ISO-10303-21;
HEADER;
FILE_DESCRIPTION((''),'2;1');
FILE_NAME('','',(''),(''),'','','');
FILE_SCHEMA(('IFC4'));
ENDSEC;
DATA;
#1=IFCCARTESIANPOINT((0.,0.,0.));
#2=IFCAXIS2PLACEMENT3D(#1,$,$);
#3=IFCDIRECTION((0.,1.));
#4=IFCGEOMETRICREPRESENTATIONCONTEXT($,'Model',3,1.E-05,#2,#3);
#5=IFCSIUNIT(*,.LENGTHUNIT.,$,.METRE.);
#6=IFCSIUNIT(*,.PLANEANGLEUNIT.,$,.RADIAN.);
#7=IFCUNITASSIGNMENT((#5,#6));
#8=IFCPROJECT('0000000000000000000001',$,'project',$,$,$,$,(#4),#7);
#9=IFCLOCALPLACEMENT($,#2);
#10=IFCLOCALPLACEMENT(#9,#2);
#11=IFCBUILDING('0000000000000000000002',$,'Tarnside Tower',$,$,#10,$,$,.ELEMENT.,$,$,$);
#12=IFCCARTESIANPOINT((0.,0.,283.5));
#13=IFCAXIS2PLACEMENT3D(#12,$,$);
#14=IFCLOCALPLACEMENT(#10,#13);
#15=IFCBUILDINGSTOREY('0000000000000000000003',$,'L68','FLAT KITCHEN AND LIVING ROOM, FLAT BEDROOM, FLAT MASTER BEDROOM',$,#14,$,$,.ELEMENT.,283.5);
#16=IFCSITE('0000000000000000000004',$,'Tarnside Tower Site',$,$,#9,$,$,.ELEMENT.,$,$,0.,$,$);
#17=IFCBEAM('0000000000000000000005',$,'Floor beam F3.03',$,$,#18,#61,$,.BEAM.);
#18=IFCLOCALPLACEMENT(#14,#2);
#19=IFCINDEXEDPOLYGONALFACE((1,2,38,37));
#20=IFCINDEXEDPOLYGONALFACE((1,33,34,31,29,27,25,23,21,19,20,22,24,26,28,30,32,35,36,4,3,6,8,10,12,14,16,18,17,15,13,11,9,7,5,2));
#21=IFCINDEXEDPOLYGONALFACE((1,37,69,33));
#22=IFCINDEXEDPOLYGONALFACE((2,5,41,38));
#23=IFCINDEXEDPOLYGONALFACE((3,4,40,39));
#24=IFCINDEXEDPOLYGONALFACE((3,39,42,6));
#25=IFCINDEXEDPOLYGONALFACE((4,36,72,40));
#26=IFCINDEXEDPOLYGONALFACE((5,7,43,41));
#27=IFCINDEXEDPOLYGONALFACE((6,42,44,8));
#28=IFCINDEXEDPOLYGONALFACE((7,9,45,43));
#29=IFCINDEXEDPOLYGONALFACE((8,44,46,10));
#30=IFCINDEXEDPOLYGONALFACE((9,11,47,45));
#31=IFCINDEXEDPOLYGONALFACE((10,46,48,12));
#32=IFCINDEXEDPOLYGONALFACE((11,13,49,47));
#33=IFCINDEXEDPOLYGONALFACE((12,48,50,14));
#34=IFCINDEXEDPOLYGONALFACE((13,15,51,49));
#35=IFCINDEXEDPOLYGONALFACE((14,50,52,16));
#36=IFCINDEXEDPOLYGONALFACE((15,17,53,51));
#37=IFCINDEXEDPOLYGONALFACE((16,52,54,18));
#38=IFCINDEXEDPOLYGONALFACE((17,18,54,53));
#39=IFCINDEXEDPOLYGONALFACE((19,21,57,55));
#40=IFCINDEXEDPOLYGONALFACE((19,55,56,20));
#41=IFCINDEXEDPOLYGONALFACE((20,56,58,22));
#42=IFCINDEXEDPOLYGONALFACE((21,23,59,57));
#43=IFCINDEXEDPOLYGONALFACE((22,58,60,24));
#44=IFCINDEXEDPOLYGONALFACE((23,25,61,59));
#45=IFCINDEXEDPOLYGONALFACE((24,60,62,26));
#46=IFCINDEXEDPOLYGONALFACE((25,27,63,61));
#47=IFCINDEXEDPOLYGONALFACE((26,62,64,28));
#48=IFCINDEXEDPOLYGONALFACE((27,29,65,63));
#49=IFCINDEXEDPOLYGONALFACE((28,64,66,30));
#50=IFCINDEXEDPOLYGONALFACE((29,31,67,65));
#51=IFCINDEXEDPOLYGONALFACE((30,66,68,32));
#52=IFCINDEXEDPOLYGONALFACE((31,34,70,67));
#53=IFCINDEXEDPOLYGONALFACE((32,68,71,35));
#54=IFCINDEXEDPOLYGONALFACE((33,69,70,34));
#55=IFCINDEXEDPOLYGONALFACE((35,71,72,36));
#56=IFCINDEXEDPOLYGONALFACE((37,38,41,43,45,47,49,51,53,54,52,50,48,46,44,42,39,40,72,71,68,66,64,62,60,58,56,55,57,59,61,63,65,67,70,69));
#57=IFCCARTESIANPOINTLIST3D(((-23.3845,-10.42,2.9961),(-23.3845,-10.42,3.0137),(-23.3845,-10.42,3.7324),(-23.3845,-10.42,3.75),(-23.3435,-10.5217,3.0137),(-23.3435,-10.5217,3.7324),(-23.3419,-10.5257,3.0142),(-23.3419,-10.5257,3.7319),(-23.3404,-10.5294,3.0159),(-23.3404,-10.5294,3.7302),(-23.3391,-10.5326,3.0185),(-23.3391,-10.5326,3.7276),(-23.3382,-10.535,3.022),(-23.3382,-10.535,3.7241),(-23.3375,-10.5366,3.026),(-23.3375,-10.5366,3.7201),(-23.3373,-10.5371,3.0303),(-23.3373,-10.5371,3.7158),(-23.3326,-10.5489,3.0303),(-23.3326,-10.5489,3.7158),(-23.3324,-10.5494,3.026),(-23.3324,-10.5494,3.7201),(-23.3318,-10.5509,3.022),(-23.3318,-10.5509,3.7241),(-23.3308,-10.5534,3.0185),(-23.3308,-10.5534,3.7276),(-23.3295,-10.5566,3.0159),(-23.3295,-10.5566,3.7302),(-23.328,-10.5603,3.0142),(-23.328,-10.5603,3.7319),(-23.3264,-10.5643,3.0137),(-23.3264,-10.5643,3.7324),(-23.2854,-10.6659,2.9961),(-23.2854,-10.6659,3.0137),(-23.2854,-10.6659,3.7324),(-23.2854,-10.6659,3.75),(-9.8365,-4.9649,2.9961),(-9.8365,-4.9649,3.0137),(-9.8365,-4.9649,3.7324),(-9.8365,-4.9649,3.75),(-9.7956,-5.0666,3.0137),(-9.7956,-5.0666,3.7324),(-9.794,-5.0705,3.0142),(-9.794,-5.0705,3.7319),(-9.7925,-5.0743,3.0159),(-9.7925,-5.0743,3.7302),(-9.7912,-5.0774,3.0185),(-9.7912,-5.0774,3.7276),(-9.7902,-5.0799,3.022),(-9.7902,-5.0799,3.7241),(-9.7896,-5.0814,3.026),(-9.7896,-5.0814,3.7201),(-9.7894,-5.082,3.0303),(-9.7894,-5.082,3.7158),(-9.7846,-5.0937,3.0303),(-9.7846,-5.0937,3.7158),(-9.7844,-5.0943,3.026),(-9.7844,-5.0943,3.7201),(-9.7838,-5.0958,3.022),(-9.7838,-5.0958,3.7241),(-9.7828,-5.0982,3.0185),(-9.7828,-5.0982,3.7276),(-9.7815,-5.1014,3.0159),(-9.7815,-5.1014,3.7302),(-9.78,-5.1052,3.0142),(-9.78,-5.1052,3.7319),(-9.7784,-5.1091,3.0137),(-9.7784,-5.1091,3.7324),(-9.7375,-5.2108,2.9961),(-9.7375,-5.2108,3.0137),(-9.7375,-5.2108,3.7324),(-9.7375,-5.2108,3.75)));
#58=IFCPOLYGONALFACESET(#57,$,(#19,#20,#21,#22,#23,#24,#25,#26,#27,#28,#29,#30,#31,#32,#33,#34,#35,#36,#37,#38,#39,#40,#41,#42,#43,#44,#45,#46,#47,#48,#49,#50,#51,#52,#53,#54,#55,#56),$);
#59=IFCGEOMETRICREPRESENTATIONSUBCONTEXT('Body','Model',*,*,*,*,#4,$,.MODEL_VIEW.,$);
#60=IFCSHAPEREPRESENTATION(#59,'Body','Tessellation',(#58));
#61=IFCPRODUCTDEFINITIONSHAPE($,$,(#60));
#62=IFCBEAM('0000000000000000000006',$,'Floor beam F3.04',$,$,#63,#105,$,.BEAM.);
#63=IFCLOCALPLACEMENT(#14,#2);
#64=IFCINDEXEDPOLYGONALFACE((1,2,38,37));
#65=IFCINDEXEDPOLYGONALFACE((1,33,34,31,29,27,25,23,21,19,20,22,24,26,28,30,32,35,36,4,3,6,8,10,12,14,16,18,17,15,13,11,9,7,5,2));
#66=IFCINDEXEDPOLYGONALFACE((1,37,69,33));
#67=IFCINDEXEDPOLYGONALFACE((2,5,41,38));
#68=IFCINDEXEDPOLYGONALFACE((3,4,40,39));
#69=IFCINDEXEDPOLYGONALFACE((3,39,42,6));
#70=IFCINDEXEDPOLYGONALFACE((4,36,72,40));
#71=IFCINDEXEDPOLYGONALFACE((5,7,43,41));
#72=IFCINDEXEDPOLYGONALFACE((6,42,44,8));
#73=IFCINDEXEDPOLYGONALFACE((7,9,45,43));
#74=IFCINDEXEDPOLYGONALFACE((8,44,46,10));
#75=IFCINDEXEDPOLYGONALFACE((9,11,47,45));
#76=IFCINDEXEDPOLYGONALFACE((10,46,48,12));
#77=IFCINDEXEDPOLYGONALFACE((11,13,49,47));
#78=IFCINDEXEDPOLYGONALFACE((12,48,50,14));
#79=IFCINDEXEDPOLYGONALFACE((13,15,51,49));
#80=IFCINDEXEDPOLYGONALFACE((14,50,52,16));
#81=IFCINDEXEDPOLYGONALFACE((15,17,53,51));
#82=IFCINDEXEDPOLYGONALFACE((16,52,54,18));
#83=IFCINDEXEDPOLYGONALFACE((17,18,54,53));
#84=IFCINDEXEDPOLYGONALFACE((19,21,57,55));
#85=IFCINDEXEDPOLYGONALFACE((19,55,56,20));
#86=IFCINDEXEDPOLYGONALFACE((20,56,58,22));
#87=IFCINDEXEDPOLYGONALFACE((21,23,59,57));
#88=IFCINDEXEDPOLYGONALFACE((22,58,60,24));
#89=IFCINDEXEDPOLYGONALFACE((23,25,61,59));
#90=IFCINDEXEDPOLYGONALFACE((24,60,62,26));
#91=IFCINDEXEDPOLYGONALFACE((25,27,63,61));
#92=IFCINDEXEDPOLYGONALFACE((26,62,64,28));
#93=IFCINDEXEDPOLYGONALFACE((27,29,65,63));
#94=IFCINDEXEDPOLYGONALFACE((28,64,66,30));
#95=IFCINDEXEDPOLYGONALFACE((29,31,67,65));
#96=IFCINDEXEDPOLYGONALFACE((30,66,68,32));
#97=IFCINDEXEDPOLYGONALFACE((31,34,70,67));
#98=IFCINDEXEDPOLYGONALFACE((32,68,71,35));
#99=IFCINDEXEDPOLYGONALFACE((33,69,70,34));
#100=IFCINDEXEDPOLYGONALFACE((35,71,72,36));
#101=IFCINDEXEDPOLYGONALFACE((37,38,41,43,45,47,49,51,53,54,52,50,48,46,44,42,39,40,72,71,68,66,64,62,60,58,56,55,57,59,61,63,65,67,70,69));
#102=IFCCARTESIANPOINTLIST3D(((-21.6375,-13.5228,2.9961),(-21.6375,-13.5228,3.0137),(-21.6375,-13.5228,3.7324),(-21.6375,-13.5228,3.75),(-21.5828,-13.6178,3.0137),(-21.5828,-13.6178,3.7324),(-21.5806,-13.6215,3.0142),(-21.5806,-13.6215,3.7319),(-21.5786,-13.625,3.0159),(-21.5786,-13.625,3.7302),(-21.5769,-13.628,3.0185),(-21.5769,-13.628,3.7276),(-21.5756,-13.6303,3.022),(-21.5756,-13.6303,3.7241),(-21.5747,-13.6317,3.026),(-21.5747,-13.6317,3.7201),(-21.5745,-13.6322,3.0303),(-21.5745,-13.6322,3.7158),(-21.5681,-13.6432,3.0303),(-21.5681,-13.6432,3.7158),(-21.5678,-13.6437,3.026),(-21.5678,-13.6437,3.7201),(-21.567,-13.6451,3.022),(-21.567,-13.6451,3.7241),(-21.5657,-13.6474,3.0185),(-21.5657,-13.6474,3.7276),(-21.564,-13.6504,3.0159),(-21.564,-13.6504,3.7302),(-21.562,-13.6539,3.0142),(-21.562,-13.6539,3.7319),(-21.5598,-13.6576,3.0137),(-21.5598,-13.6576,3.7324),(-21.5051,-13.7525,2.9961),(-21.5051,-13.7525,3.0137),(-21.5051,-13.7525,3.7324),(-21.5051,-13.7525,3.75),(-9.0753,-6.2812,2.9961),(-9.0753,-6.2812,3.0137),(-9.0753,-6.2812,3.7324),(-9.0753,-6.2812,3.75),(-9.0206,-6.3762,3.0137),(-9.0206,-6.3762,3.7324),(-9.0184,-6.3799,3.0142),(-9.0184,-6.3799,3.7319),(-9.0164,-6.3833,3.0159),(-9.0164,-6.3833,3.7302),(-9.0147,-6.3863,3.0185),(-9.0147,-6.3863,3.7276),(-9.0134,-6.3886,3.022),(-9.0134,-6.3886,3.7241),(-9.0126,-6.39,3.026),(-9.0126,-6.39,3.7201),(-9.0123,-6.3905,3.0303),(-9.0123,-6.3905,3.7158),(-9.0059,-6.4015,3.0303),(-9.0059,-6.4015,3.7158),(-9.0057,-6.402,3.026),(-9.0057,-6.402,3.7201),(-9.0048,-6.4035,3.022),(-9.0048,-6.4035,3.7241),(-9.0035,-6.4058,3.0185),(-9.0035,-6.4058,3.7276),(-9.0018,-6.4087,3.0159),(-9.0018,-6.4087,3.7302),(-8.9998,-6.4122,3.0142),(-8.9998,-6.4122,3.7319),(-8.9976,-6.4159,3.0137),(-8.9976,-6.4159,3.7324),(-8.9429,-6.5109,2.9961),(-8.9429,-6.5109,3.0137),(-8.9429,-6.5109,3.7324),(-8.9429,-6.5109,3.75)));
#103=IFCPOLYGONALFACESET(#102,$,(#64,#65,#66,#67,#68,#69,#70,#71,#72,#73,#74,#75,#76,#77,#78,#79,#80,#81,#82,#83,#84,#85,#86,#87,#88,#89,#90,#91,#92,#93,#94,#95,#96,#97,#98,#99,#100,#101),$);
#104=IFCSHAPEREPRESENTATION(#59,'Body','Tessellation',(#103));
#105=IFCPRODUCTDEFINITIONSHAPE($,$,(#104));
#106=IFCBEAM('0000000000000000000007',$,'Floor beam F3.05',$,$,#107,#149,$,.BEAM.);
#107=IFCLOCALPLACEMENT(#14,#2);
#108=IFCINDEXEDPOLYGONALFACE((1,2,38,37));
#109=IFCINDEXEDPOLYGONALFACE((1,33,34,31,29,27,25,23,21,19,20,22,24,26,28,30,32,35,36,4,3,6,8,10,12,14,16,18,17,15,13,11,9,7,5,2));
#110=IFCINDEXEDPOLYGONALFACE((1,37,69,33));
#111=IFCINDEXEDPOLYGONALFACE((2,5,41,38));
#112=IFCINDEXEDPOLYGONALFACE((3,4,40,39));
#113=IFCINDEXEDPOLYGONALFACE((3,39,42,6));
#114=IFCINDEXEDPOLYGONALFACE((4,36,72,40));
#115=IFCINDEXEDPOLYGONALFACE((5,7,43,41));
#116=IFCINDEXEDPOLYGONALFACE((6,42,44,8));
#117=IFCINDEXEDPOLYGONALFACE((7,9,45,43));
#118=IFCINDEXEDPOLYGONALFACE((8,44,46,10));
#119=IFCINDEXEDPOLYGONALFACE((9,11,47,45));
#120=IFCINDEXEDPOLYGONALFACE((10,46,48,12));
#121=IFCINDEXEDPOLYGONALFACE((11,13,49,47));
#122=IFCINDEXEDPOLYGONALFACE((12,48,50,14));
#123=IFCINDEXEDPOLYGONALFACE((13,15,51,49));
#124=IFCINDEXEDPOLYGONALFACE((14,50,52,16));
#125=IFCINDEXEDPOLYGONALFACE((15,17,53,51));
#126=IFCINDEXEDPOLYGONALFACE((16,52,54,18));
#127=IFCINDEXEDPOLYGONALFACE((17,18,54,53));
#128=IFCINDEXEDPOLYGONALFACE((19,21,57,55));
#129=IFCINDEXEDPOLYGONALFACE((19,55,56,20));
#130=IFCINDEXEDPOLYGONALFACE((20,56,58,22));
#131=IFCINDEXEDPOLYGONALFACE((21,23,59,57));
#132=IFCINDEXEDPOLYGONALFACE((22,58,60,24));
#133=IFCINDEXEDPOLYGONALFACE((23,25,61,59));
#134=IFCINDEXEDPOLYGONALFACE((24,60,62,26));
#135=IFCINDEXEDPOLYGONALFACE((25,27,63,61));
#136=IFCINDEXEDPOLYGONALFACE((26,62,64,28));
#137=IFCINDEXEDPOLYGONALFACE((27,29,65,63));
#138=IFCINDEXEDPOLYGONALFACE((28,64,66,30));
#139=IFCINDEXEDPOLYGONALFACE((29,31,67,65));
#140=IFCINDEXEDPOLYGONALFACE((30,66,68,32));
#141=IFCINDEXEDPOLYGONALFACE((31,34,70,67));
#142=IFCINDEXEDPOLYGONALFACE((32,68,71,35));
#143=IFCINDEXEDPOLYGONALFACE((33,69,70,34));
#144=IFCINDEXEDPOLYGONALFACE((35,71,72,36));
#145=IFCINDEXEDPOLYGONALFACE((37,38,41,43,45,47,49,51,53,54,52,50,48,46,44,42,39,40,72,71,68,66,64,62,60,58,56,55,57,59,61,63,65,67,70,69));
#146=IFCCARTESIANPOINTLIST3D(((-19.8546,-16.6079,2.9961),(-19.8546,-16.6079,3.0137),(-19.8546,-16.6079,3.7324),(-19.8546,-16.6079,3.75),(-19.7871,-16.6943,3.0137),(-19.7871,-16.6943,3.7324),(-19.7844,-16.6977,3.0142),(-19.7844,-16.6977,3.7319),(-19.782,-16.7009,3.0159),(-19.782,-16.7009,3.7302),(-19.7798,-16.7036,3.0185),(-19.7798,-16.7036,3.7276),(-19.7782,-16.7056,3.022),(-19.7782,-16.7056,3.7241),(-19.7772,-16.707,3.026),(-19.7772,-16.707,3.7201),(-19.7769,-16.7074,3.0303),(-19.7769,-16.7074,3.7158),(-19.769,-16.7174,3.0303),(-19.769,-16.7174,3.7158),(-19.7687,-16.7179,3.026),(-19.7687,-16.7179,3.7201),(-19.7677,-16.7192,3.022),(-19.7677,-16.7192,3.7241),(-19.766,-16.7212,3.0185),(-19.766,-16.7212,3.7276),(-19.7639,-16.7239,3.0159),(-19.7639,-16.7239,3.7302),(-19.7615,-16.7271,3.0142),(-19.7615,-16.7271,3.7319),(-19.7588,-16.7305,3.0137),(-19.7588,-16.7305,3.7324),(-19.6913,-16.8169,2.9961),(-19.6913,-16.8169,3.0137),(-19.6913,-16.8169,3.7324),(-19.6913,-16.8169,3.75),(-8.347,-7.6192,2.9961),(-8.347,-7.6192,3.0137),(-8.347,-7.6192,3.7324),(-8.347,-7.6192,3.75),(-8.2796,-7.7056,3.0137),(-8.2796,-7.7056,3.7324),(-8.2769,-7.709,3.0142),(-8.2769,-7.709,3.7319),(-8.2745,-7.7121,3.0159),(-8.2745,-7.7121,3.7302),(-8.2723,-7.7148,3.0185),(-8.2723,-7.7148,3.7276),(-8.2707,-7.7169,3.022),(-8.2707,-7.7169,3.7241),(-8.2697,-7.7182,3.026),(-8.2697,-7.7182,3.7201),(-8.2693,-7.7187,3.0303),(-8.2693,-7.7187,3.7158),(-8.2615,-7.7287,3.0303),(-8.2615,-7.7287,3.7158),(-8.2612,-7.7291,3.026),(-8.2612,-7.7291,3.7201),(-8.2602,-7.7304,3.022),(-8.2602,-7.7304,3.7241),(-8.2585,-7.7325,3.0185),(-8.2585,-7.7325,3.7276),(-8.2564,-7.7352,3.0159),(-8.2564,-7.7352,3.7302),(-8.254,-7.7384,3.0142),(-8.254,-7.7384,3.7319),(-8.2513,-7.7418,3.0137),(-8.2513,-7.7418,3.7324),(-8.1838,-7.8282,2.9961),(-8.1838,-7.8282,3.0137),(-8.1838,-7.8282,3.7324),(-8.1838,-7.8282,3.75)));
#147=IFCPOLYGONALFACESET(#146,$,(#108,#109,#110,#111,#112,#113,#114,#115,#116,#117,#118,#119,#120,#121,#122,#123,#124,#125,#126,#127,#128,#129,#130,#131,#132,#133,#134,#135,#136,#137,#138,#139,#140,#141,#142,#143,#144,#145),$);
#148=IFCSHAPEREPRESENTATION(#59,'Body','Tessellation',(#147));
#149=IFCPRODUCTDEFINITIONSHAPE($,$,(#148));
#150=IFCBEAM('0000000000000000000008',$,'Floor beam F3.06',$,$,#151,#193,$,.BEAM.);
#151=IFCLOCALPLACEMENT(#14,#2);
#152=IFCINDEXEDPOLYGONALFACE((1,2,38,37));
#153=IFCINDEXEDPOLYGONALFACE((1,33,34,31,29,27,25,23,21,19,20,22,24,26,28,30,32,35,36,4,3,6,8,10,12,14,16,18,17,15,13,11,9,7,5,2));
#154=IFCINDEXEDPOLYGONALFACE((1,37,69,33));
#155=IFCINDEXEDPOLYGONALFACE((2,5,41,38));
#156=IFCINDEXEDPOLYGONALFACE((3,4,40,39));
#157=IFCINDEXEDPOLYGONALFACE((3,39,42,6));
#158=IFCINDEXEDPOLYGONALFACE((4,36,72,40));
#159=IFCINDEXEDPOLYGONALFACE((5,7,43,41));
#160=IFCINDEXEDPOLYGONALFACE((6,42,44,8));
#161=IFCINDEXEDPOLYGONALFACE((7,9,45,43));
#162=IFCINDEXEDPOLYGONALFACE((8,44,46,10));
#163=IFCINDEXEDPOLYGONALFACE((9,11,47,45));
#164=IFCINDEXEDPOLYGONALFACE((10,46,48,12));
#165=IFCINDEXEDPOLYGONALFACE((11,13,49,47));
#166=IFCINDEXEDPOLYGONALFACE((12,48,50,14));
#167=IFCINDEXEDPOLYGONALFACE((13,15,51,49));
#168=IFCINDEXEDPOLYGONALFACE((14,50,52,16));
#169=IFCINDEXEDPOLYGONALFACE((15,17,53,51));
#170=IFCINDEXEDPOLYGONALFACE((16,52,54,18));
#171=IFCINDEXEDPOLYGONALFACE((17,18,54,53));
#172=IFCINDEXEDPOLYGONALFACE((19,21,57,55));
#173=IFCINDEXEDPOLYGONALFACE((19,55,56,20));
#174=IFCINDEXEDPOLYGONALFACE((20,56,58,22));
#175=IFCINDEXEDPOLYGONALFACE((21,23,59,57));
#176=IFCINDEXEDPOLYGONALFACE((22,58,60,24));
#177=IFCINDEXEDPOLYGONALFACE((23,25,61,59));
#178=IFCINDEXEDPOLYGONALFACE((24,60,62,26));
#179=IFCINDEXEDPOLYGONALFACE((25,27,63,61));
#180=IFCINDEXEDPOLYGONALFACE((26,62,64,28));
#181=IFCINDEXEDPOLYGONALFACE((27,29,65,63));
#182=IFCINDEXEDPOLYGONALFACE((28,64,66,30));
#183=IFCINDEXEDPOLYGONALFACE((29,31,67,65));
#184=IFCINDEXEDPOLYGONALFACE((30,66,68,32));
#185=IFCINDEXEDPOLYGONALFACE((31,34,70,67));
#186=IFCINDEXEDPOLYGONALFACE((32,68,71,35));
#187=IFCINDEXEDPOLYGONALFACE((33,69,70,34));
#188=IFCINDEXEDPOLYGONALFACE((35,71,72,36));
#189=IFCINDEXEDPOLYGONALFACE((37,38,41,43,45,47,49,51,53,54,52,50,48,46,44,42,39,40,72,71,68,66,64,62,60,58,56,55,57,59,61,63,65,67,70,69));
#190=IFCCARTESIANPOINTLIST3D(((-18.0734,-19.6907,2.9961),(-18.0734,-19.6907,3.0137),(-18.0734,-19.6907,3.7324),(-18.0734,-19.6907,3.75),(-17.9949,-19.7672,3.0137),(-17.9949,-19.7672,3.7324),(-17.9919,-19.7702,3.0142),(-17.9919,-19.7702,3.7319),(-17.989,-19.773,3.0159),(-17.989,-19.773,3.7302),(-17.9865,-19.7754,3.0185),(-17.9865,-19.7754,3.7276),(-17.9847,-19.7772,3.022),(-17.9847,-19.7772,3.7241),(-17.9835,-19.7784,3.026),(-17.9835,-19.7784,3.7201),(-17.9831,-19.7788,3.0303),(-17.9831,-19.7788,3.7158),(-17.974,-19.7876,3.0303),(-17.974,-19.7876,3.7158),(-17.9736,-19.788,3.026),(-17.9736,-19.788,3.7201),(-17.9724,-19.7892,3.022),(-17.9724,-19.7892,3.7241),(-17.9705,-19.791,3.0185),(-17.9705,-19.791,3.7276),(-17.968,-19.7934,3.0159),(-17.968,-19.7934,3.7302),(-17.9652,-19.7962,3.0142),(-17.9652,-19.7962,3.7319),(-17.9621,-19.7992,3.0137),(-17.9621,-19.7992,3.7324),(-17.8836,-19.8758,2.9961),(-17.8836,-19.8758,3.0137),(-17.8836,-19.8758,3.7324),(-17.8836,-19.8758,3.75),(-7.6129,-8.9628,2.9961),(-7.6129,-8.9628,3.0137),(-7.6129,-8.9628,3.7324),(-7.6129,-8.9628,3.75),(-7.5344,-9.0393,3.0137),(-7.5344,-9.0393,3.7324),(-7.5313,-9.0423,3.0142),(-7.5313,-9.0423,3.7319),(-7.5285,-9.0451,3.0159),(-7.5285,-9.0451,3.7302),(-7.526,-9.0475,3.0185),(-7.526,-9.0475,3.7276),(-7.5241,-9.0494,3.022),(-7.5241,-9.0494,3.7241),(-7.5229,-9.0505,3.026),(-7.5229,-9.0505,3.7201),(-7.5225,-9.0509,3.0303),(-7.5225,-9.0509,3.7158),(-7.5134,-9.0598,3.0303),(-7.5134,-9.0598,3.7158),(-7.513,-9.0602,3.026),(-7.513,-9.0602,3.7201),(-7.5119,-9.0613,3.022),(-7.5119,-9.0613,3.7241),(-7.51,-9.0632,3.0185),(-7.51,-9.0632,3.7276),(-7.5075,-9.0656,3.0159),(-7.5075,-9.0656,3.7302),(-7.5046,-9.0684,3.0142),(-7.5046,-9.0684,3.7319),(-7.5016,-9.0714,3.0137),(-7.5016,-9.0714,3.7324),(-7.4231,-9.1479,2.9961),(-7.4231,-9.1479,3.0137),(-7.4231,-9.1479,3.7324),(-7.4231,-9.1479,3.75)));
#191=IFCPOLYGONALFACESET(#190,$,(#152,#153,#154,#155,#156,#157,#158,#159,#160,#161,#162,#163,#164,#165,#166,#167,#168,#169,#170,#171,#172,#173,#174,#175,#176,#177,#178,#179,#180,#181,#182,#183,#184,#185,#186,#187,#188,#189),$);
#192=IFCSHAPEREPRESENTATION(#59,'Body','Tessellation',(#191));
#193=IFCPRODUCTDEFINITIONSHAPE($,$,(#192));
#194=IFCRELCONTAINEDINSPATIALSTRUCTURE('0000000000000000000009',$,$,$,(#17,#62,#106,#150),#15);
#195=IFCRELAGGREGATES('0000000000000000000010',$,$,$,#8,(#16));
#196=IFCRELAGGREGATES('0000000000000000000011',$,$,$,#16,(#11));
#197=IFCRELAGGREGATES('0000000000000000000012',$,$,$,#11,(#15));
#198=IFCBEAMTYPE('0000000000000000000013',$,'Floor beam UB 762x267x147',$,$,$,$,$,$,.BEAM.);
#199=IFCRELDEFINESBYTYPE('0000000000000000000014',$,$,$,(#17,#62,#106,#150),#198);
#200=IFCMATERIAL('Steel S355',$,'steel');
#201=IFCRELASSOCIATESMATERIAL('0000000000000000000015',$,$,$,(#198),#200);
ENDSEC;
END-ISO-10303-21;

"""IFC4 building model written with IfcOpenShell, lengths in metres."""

from ifc_helpers import new_model, si_unit, direction, frame, origin, origin_2d, place, context, subcontext, project, spatial, i_section, extrude, material, material_profile, profile_set, type_object, element, save


model = new_model("IFC4")

# Units and contexts
model_context = context("Model", 3, precision=1e-05, world=origin(), true_north=direction((0.0, 1.0)))
body_context = subcontext(model_context, "Body", "Model", "MODEL_VIEW")
ifc_project = project(units=[si_unit("LENGTHUNIT", "METRE"), si_unit("PLANEANGLEUNIT", "RADIAN")], contexts=[model_context])

# Site, building, storey
site_placement = place(None, origin())
site = spatial("IfcSite", under=ifc_project, at=site_placement, Name="Tarnside Tower Site", CompositionType="ELEMENT", RefElevation=0.0)
building_placement = place(site_placement, origin())
building = spatial("IfcBuilding", under=site, at=building_placement, Name="Tarnside Tower", CompositionType="ELEMENT")
storey_placement = place(building_placement, frame((0.0, 0.0, 283.5)))
storey = spatial("IfcBuildingStorey", under=building, at=storey_placement, Name="L68", Description="FLAT KITCHEN AND LIVING ROOM, FLAT BEDROOM, FLAT MASTER BEDROOM", CompositionType="ELEMENT", Elevation=283.5)

# Beams
ifc_material_1 = material(Name="Steel S355", Category="steel")
ifc_material_profile_1 = material_profile(ifc_material_1, i_section(OverallWidth=0.2651, OverallDepth=0.7539, WebThickness=0.0127, FlangeThickness=0.0176, FilletRadius=0.0166, at=origin_2d()), Name="UB 762x267x147")
ifc_profile_set_1 = profile_set([ifc_material_profile_1], Name="Steel S355")
beam_type_1 = type_object("IfcBeamType", Name="Floor beam UB 762x267x147", PredefinedType="BEAM", material=ifc_profile_set_1)
beam_1_placement = place(storey_placement, frame((-23.335, -10.543, 3.373), z_axis=(0.927626, 0.373511, 0.0), x_axis=(-0.373511, 0.927626, 0.0)))
element("IfcBeam", 1, at=beam_1_placement, inside=storey, type_object=beam_type_1, Name="Floor beam F3.03", PredefinedType="BEAM", context=body_context, shape_type="SweptSolid", body=[
    extrude(i_section(OverallWidth=0.2651, OverallDepth=0.7539, WebThickness=0.0127, FlangeThickness=0.0176, FilletRadius=0.0166, at=origin_2d()), origin(), (0.0, 0.0, 1.0), 14.605),
])
beam_2_placement = place(storey_placement, frame((-21.5713, -13.6377, 3.373), z_axis=(0.866357, 0.499425, 0.0), x_axis=(-0.499425, 0.866357, 0.0)))
element("IfcBeam", 2, at=beam_2_placement, inside=storey, type_object=beam_type_1, Name="Floor beam F3.04", PredefinedType="BEAM", context=body_context, shape_type="SweptSolid", body=[
    extrude(i_section(OverallWidth=0.2651, OverallDepth=0.7539, WebThickness=0.0127, FlangeThickness=0.0176, FilletRadius=0.0166, at=origin_2d()), origin(), (0.0, 0.0, 1.0), 14.5),
])
beam_3_placement = place(storey_placement, frame((-19.7729, -16.7124, 3.373), z_axis=(0.788075, 0.615579, 0.0), x_axis=(-0.615579, 0.788075, 0.0)))
element("IfcBeam", 3, at=beam_3_placement, inside=storey, type_object=beam_type_1, Name="Floor beam F3.05", PredefinedType="BEAM", context=body_context, shape_type="SweptSolid", body=[
    extrude(i_section(OverallWidth=0.2651, OverallDepth=0.7539, WebThickness=0.0127, FlangeThickness=0.0176, FilletRadius=0.0166, at=origin_2d()), origin(), (0.0, 0.0, 1.0), 14.6021),
])
beam_4_placement = place(storey_placement, frame((-17.9785, -19.7832, 3.373), z_axis=(0.69813, 0.715971, 0.0), x_axis=(-0.715971, 0.69813, 0.0)))
element("IfcBeam", 4, at=beam_4_placement, inside=storey, type_object=beam_type_1, Name="Floor beam F3.06", PredefinedType="BEAM", context=body_context, shape_type="SweptSolid", body=[
    extrude(i_section(OverallWidth=0.2651, OverallDepth=0.7539, WebThickness=0.0127, FlangeThickness=0.0176, FilletRadius=0.0166, at=origin_2d()), origin(), (0.0, 0.0, 1.0), 14.9836),
])

save(model, "model.ifc")
